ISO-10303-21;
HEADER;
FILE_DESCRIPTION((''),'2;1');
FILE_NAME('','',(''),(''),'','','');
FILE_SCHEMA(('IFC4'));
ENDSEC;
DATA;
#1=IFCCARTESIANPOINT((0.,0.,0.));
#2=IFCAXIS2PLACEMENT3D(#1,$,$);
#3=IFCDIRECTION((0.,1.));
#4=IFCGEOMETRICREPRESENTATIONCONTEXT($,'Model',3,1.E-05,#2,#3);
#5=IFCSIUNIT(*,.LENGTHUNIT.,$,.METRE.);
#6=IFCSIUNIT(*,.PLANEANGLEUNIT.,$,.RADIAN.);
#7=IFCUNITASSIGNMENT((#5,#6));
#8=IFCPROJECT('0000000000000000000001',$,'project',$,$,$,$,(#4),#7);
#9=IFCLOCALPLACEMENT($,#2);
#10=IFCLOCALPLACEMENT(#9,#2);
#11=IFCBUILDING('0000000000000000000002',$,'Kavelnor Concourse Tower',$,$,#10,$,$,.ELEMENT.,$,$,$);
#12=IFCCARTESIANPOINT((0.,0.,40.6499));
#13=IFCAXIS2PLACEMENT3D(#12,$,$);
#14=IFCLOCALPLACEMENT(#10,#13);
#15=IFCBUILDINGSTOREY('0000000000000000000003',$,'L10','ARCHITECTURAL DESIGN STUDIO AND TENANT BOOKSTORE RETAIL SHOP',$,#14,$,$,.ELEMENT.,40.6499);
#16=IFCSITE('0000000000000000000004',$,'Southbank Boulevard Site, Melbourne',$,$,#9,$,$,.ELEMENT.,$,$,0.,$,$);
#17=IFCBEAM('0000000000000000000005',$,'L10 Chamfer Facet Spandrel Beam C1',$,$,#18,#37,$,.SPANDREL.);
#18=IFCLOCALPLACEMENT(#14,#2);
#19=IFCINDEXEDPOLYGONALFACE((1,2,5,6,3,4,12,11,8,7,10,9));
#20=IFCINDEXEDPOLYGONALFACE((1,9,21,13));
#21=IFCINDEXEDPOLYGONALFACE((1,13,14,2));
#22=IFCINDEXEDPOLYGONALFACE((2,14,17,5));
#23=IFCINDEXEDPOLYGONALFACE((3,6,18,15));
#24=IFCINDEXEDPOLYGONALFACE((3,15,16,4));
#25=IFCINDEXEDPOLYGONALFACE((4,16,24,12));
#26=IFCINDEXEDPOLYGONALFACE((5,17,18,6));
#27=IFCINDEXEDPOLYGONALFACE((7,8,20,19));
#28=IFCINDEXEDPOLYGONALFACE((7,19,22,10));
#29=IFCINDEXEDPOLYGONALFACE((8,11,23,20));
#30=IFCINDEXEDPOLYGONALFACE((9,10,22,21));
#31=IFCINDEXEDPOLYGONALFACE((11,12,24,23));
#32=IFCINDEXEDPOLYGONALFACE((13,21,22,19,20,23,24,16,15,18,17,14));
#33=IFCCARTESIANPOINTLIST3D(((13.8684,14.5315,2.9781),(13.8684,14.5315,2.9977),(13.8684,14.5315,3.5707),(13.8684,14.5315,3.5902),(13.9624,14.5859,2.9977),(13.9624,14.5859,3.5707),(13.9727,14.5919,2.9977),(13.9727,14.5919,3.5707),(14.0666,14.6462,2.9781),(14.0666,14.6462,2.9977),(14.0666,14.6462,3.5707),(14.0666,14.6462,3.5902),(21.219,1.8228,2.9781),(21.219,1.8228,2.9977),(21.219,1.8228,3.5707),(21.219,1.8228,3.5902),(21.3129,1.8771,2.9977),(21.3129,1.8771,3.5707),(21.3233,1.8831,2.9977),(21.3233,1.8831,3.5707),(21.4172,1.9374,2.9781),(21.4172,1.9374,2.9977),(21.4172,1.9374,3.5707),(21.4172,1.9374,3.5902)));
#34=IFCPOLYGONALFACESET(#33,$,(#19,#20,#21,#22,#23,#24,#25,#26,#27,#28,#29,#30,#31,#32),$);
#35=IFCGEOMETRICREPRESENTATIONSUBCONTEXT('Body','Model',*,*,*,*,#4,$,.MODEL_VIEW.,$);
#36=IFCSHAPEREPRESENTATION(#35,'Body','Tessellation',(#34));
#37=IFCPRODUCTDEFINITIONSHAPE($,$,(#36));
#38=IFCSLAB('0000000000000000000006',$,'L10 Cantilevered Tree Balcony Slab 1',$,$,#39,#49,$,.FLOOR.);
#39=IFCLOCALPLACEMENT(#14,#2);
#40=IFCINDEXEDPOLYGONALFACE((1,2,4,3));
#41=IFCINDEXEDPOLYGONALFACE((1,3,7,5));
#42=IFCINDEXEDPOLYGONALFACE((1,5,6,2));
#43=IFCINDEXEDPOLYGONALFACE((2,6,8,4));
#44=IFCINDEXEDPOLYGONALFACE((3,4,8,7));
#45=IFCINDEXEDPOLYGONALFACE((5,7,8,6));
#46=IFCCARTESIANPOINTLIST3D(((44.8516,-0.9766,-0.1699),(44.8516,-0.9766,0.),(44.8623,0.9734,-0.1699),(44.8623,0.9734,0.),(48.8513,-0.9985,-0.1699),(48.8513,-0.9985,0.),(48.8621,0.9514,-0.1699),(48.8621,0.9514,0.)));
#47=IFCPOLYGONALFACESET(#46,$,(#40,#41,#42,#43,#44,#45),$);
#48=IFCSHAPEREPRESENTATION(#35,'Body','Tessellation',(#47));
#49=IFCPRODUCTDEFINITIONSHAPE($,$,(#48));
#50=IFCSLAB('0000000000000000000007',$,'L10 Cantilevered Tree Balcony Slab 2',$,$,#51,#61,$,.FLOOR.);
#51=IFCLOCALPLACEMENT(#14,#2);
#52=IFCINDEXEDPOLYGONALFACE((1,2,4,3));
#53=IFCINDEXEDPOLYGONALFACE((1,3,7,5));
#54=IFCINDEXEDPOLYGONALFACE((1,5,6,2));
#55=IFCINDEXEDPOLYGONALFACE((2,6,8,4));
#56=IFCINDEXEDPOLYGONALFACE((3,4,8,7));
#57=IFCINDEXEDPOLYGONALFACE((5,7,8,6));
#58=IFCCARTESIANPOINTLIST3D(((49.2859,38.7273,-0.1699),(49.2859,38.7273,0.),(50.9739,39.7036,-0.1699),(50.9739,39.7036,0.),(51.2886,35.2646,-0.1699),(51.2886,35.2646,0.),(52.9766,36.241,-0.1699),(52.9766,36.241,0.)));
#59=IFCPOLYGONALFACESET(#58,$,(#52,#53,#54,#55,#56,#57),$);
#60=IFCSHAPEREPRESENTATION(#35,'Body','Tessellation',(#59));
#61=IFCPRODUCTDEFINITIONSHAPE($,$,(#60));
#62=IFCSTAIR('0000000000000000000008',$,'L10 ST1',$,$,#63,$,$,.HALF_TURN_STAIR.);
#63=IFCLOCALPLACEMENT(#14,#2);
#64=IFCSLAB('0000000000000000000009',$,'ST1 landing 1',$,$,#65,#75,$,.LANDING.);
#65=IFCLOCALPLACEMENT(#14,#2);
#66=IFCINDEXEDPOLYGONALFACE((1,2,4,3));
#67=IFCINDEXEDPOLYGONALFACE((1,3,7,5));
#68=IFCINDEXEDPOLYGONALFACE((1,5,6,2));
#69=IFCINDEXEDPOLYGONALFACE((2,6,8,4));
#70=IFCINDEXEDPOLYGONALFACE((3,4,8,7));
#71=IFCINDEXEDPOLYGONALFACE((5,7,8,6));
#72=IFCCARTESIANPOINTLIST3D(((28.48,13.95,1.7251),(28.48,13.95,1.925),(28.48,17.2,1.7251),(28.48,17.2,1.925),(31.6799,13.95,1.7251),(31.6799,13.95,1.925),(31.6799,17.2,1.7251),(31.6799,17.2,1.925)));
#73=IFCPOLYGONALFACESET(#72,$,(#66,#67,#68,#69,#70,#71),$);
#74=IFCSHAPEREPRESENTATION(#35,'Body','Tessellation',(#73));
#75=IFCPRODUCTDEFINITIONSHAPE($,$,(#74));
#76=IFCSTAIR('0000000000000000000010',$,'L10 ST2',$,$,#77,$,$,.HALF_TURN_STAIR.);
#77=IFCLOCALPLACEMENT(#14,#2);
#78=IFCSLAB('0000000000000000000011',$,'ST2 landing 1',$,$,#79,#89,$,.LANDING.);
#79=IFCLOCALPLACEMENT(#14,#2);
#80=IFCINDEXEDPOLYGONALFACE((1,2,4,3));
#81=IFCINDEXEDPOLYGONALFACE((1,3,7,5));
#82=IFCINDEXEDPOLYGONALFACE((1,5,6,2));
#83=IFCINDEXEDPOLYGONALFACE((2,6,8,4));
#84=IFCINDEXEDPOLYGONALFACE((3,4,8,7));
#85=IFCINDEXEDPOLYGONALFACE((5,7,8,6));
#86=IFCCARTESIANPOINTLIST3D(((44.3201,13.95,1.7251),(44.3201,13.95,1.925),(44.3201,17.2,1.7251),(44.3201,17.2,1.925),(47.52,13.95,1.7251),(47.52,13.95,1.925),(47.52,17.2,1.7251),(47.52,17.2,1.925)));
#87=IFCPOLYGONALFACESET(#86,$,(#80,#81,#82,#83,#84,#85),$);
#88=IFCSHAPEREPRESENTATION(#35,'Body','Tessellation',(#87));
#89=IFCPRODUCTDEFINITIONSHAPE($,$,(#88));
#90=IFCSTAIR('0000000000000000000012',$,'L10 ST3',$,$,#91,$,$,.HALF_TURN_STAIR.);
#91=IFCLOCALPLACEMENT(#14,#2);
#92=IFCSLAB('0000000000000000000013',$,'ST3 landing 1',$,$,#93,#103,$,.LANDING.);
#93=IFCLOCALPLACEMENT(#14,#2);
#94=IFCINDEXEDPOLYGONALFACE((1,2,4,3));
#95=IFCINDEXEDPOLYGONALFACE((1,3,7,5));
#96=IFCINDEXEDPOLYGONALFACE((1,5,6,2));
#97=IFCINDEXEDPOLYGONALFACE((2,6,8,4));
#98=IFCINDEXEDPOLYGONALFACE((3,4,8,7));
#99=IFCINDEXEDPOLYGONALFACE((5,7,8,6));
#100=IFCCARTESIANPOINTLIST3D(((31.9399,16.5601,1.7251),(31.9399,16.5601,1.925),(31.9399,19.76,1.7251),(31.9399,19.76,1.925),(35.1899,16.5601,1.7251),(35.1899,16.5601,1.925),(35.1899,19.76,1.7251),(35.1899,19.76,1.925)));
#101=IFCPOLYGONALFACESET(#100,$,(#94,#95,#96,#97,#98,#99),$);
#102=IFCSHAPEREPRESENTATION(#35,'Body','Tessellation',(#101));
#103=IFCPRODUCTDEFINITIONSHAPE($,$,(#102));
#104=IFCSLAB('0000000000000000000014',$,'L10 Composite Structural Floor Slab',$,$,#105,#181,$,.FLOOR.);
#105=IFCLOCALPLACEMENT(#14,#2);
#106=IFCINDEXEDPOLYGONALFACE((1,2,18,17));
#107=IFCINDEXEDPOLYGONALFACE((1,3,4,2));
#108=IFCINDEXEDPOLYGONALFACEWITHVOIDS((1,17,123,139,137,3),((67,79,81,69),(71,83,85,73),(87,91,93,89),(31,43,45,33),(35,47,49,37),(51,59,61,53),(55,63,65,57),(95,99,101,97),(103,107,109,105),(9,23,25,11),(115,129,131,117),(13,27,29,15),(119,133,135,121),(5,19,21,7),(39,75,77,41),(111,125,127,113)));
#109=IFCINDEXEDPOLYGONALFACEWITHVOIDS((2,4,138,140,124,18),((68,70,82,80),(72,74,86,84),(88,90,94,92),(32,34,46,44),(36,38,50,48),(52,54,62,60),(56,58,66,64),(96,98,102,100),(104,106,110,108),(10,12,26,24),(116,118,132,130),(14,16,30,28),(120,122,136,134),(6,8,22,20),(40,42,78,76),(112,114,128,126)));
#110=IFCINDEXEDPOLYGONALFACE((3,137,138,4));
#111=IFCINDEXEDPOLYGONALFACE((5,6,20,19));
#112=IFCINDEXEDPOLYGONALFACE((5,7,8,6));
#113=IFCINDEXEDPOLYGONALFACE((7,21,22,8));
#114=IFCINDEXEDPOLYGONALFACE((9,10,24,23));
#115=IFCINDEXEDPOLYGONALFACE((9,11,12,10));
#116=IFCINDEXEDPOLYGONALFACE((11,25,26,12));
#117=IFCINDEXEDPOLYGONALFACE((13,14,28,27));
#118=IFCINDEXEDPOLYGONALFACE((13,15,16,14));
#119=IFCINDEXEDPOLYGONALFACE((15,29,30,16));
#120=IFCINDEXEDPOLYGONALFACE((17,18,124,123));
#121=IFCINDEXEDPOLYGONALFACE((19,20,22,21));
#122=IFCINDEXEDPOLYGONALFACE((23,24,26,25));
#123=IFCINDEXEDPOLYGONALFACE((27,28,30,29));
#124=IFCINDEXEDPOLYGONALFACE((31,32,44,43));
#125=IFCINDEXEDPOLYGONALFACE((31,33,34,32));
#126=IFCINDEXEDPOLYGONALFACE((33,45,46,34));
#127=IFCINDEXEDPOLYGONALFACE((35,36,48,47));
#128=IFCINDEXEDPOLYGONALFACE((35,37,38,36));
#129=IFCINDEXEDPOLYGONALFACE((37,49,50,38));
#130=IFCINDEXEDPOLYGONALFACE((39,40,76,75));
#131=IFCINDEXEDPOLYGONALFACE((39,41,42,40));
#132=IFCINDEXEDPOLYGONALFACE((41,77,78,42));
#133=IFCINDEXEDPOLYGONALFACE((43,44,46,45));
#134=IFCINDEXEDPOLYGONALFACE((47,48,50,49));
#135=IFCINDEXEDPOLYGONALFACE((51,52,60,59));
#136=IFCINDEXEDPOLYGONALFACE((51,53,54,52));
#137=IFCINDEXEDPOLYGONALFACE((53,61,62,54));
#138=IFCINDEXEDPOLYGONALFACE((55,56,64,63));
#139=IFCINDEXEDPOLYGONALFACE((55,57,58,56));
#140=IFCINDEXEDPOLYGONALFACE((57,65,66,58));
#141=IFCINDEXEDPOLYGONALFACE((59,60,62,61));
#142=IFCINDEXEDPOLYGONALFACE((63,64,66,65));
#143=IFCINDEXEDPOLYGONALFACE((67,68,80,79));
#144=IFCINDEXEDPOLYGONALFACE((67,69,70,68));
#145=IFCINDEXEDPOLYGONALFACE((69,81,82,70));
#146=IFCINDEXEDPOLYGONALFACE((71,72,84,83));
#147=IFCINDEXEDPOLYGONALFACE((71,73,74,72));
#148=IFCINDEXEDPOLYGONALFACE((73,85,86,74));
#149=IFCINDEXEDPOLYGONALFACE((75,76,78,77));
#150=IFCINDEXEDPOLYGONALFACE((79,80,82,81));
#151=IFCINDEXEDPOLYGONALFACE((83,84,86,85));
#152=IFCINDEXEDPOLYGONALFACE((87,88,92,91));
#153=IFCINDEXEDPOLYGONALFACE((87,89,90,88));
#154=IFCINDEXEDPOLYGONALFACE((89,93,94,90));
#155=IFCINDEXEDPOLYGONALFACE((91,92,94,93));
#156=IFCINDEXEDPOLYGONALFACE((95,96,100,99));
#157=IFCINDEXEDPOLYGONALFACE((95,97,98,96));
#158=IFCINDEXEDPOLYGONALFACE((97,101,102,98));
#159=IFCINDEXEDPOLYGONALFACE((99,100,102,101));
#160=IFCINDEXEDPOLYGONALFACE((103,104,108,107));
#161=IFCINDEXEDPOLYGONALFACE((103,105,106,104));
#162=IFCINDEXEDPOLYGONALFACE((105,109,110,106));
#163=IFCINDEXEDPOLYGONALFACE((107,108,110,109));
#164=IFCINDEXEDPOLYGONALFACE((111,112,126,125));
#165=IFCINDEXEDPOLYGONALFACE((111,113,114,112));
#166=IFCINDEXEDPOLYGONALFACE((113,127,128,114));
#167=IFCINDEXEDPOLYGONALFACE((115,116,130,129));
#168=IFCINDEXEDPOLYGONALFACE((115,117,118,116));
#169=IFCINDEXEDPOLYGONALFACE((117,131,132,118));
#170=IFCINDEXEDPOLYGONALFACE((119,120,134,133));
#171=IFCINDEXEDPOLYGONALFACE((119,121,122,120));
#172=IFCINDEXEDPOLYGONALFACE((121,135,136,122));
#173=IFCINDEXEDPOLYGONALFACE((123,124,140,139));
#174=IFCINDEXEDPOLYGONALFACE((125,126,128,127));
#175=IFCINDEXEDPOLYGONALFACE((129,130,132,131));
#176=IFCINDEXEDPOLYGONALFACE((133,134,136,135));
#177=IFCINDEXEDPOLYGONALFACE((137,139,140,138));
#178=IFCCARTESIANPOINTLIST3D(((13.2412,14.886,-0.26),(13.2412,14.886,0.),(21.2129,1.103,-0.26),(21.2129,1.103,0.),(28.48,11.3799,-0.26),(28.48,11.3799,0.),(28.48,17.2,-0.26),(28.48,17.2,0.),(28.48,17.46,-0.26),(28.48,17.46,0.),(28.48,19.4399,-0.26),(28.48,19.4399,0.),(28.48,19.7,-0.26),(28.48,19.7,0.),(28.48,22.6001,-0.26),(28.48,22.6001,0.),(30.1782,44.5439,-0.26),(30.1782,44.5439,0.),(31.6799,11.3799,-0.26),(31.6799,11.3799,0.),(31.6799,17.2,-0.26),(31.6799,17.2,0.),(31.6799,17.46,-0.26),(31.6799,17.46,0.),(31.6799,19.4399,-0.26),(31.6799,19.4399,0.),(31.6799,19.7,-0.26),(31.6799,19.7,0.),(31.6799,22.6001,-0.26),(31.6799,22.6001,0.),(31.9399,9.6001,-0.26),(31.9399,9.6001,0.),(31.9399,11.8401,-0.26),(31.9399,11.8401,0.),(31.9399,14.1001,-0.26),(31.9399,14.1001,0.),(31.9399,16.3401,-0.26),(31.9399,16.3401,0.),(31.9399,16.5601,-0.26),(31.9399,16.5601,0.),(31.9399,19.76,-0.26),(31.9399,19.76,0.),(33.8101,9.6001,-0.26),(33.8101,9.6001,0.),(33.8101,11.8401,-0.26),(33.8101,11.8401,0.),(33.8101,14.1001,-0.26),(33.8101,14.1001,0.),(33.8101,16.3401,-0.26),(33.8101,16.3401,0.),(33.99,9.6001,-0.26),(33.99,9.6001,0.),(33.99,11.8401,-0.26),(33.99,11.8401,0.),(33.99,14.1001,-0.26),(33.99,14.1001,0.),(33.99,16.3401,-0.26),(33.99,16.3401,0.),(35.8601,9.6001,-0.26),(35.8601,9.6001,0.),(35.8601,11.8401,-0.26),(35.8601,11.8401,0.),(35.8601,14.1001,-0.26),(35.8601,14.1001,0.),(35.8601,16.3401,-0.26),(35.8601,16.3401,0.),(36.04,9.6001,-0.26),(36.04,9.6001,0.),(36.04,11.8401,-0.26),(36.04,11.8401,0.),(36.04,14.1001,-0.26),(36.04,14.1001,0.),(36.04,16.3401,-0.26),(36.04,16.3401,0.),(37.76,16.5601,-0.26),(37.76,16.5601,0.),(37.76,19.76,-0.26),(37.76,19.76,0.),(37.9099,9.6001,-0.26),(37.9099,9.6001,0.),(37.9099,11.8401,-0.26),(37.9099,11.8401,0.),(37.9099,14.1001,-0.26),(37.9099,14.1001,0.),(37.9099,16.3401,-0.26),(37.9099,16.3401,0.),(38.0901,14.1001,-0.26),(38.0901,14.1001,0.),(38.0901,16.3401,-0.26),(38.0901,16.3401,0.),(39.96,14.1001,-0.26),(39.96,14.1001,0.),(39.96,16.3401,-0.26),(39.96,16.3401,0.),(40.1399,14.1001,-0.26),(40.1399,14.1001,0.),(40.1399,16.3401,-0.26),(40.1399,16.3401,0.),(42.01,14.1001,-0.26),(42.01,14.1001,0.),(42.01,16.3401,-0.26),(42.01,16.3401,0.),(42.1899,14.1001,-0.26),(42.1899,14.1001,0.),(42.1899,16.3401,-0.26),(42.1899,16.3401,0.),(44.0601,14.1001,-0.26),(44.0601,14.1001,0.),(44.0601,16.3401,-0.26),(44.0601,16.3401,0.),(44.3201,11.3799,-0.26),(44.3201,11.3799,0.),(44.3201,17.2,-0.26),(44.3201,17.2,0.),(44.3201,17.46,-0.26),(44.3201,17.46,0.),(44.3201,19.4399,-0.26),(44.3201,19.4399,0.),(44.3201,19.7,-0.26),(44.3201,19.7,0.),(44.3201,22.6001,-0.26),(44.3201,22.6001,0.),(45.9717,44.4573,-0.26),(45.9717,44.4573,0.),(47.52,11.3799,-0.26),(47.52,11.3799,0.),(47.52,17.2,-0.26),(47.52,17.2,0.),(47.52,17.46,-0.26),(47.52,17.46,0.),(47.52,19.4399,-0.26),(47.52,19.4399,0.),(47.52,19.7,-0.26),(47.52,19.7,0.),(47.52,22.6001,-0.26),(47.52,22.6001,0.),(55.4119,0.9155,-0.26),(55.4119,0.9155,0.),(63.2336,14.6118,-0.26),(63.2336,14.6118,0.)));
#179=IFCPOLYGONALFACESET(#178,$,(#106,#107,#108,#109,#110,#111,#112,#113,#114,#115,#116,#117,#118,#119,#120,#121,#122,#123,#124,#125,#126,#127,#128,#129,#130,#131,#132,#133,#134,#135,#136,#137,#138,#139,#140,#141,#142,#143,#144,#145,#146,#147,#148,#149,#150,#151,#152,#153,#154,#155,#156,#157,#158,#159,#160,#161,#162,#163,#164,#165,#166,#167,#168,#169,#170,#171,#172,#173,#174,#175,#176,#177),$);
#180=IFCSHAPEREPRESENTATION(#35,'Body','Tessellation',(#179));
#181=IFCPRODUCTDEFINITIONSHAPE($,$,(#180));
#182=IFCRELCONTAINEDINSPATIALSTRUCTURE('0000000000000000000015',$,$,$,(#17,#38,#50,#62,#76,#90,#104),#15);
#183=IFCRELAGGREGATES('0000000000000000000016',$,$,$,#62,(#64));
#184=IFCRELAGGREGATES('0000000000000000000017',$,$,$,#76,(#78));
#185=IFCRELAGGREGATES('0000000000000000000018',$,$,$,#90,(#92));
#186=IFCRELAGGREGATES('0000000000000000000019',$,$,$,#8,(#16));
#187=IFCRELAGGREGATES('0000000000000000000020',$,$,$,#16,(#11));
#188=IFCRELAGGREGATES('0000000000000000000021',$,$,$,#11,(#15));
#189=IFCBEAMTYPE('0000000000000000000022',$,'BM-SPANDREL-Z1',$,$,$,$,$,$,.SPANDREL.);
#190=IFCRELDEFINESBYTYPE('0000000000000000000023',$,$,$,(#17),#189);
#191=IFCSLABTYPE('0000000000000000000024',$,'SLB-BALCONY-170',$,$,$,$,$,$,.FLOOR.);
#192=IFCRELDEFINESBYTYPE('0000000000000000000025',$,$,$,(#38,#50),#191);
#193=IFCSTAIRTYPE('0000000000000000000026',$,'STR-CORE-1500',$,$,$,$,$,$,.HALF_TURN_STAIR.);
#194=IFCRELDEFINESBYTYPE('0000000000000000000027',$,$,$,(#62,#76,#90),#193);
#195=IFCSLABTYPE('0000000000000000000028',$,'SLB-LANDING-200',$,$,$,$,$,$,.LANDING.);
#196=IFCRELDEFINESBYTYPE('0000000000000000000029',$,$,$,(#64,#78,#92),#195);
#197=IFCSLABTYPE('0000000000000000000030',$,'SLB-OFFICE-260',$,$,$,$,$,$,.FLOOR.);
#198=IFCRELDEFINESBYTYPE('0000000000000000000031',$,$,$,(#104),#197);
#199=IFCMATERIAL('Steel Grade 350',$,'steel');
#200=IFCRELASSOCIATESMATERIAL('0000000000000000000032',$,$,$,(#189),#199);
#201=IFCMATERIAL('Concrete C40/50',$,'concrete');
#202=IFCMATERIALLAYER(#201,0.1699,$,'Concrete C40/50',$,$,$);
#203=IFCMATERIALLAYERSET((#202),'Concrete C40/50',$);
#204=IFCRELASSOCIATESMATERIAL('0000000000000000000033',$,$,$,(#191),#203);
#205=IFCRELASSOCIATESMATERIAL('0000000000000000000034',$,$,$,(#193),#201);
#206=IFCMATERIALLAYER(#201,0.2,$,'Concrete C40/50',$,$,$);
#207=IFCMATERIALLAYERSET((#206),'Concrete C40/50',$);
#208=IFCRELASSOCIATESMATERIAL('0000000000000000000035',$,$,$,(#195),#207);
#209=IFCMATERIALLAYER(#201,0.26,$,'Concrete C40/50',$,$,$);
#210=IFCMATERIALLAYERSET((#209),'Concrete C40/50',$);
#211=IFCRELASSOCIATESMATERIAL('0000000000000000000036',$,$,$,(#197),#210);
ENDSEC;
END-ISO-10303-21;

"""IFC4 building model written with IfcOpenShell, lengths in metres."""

from ifc_helpers import new_model, si_unit, direction, frame, origin, origin_2d, place, context, subcontext, project, spatial, polyline, i_section, outline, extrude, material, layer, layer_set, material_profile, profile_set, type_object, element, aggregate, save


model = new_model("IFC4")

# Units and contexts
model_context = context("Model", 3, precision=1e-05, world=origin(), true_north=direction((0.0, 1.0)))
body_context = subcontext(model_context, "Body", "Model", "MODEL_VIEW")
ifc_project = project(units=[si_unit("LENGTHUNIT", "METRE"), si_unit("PLANEANGLEUNIT", "RADIAN")], contexts=[model_context])

# Site, building, storey
site_placement = place(None, origin())
site = spatial("IfcSite", under=ifc_project, at=site_placement, Name="Southbank Boulevard Site, Melbourne", CompositionType="ELEMENT", RefElevation=0.0)
building_placement = place(site_placement, origin())
building = spatial("IfcBuilding", under=site, at=building_placement, Name="Kavelnor Concourse Tower", CompositionType="ELEMENT")
storey_placement = place(building_placement, frame((0.0, 0.0, 40.6499)))
storey = spatial("IfcBuildingStorey", under=building, at=storey_placement, Name="L10", Description="ARCHITECTURAL DESIGN STUDIO AND TENANT BOOKSTORE RETAIL SHOP", CompositionType="ELEMENT", Elevation=40.6499)

# Beam
ifc_material_1 = material(Name="Steel Grade 350", Category="steel")
ifc_material_profile = material_profile(ifc_material_1, i_section(OverallWidth=0.229, OverallDepth=0.6121, WebThickness=0.012, FlangeThickness=0.0195, at=origin_2d()), Name="610UB125")
ifc_profile_set = profile_set([ifc_material_profile], Name="Steel Grade 350")
beam_type = type_object("IfcBeamType", Name="BM-SPANDREL-Z1", PredefinedType="SPANDREL", material=ifc_profile_set)
beam_placement = place(storey_placement, frame((13.9675, 14.5889, 3.2842), z_axis=(0.500674, -0.865636, 0.0), x_axis=(0.865636, 0.500674, 0.0)))
element("IfcBeam", 1, at=beam_placement, inside=storey, type_object=beam_type, Name="L10 Chamfer Facet Spandrel Beam C1", PredefinedType="SPANDREL", context=body_context, shape_type="SweptSolid", body=[
    extrude(i_section(OverallWidth=0.229, OverallDepth=0.6121, WebThickness=0.012, FlangeThickness=0.0195, at=origin_2d()), origin(), (0.0, 0.0, 1.0), 14.6814),
])

# Slabs
ifc_material_2 = material(Name="Concrete C40/50", Category="concrete")
ifc_layer_1 = layer(ifc_material_2, 0.1699, Name="Concrete C40/50")
ifc_layer_set_1 = layer_set([ifc_layer_1], Name="Concrete C40/50")
slab_type_1 = type_object("IfcSlabType", Name="SLB-BALCONY-170", PredefinedType="FLOOR", material=ifc_layer_set_1)
slab_1_placement = place(storey_placement, frame((0.0, 0.0, -0.1699)))
element("IfcSlab", 2, at=slab_1_placement, inside=storey, type_object=slab_type_1, Name="L10 Cantilevered Tree Balcony Slab 1", PredefinedType="FLOOR", context=body_context, shape_type="SweptSolid", body=[
    extrude(outline(polyline([(48.8513, -0.9985), (44.8516, -0.9766), (44.8623, 0.9734), (48.8621, 0.9514), (48.8513, -0.9985)])), origin(), (0.0, 0.0, 1.0), 0.1699),
])
slab_2_placement = place(storey_placement, frame((0.0, 0.0, -0.1699)))
element("IfcSlab", 3, at=slab_2_placement, inside=storey, type_object=slab_type_1, Name="L10 Cantilevered Tree Balcony Slab 2", PredefinedType="FLOOR", context=body_context, shape_type="SweptSolid", body=[
    extrude(outline(polyline([(50.9739, 39.7036), (52.9766, 36.241), (51.2886, 35.2646), (49.2859, 38.7273), (50.9739, 39.7036)])), origin(), (0.0, 0.0, 1.0), 0.1699),
])

# Stairs, slabs
stair_type = type_object("IfcStairType", Name="STR-CORE-1500", PredefinedType="HALF_TURN_STAIR", material=ifc_material_2)
stair_1_placement = place(storey_placement, origin())
stair_1 = element("IfcStair", 4, at=stair_1_placement, inside=storey, type_object=stair_type, Name="L10 ST1", PredefinedType="HALF_TURN_STAIR")
ifc_layer_2 = layer(ifc_material_2, 0.2, Name="Concrete C40/50")
ifc_layer_set_2 = layer_set([ifc_layer_2], Name="Concrete C40/50")
slab_type_2 = type_object("IfcSlabType", Name="SLB-LANDING-200", PredefinedType="LANDING", material=ifc_layer_set_2)
slab_3_placement = place(storey_placement, frame((0.0, 0.0, 1.7251)))
slab_3 = element("IfcSlab", 5, at=slab_3_placement, type_object=slab_type_2, Name="ST1 landing 1", PredefinedType="LANDING", context=body_context, shape_type="SweptSolid", body=[
    extrude(outline(polyline([(31.6799, 13.95), (31.6799, 17.2), (28.48, 17.2), (28.48, 13.95), (31.6799, 13.95)])), origin(), (0.0, 0.0, 1.0), 0.2),
])
aggregate(stair_1, [slab_3])
stair_2_placement = place(storey_placement, origin())
stair_2 = element("IfcStair", 6, at=stair_2_placement, inside=storey, type_object=stair_type, Name="L10 ST2", PredefinedType="HALF_TURN_STAIR")
slab_4_placement = place(storey_placement, frame((0.0, 0.0, 1.7251)))
slab_4 = element("IfcSlab", 7, at=slab_4_placement, type_object=slab_type_2, Name="ST2 landing 1", PredefinedType="LANDING", context=body_context, shape_type="SweptSolid", body=[
    extrude(outline(polyline([(47.52, 13.95), (47.52, 17.2), (44.3201, 17.2), (44.3201, 13.95), (47.52, 13.95)])), origin(), (0.0, 0.0, 1.0), 0.2),
])
aggregate(stair_2, [slab_4])
stair_3_placement = place(storey_placement, origin())
stair_3 = element("IfcStair", 8, at=stair_3_placement, inside=storey, type_object=stair_type, Name="L10 ST3", PredefinedType="HALF_TURN_STAIR")
slab_5_placement = place(storey_placement, frame((0.0, 0.0, 1.7251)))
slab_5 = element("IfcSlab", 9, at=slab_5_placement, type_object=slab_type_2, Name="ST3 landing 1", PredefinedType="LANDING", context=body_context, shape_type="SweptSolid", body=[
    extrude(outline(polyline([(35.1899, 19.76), (31.9399, 19.76), (31.9399, 16.5601), (35.1899, 16.5601), (35.1899, 19.76)])), origin(), (0.0, 0.0, 1.0), 0.2),
])
aggregate(stair_3, [slab_5])

# Slab
ifc_layer_3 = layer(ifc_material_2, 0.26, Name="Concrete C40/50")
ifc_layer_set_3 = layer_set([ifc_layer_3], Name="Concrete C40/50")
slab_type_3 = type_object("IfcSlabType", Name="SLB-OFFICE-260", PredefinedType="FLOOR", material=ifc_layer_set_3)
slab_6_placement = place(storey_placement, frame((0.0, 0.0, -0.26)))
element("IfcSlab", 10, at=slab_6_placement, inside=storey, type_object=slab_type_3, Name="L10 Composite Structural Floor Slab", PredefinedType="FLOOR", context=body_context, shape_type="SweptSolid", body=[
    extrude(outline(polyline([(45.9717, 44.4573), (30.1782, 44.5439), (13.2412, 14.886), (21.2129, 1.103), (55.4119, 0.9155), (63.2336, 14.6118), (45.9717, 44.4573)]), holes=[polyline([(28.48, 11.3799), (31.6799, 11.3799), (31.6799, 17.2), (28.48, 17.2), (28.48, 11.3799)]), polyline([(44.3201, 11.3799), (47.52, 11.3799), (47.52, 17.2), (44.3201, 17.2), (44.3201, 11.3799)]), polyline([(31.9399, 16.5601), (37.76, 16.5601), (37.76, 19.76), (31.9399, 19.76), (31.9399, 16.5601)]), polyline([(28.48, 19.7), (31.6799, 19.7), (31.6799, 22.6001), (28.48, 22.6001), (28.48, 19.7)]), polyline([(44.3201, 19.7), (47.52, 19.7), (47.52, 22.6001), (44.3201, 22.6001), (44.3201, 19.7)]), polyline([(31.9399, 14.1001), (33.8101, 14.1001), (33.8101, 16.3401), (31.9399, 16.3401), (31.9399, 14.1001)]), polyline([(33.99, 14.1001), (35.8601, 14.1001), (35.8601, 16.3401), (33.99, 16.3401), (33.99, 14.1001)]), polyline([(36.04, 14.1001), (37.9099, 14.1001), (37.9099, 16.3401), (36.04, 16.3401), (36.04, 14.1001)]), polyline([(38.0901, 14.1001), (39.96, 14.1001), (39.96, 16.3401), (38.0901, 16.3401), (38.0901, 14.1001)]), polyline([(40.1399, 14.1001), (42.01, 14.1001), (42.01, 16.3401), (40.1399, 16.3401), (40.1399, 14.1001)]), polyline([(42.1899, 14.1001), (44.0601, 14.1001), (44.0601, 16.3401), (42.1899, 16.3401), (42.1899, 14.1001)]), polyline([(31.9399, 9.6001), (33.8101, 9.6001), (33.8101, 11.8401), (31.9399, 11.8401), (31.9399, 9.6001)]), polyline([(33.99, 9.6001), (35.8601, 9.6001), (35.8601, 11.8401), (33.99, 11.8401), (33.99, 9.6001)]), polyline([(36.04, 9.6001), (37.9099, 9.6001), (37.9099, 11.8401), (36.04, 11.8401), (36.04, 9.6001)]), polyline([(28.48, 17.46), (31.6799, 17.46), (31.6799, 19.4399), (28.48, 19.4399), (28.48, 17.46)]), polyline([(44.3201, 17.46), (47.52, 17.46), (47.52, 19.4399), (44.3201, 19.4399), (44.3201, 17.46)])]), origin(), (0.0, 0.0, 1.0), 0.26),
])

save(model, "model.ifc")
